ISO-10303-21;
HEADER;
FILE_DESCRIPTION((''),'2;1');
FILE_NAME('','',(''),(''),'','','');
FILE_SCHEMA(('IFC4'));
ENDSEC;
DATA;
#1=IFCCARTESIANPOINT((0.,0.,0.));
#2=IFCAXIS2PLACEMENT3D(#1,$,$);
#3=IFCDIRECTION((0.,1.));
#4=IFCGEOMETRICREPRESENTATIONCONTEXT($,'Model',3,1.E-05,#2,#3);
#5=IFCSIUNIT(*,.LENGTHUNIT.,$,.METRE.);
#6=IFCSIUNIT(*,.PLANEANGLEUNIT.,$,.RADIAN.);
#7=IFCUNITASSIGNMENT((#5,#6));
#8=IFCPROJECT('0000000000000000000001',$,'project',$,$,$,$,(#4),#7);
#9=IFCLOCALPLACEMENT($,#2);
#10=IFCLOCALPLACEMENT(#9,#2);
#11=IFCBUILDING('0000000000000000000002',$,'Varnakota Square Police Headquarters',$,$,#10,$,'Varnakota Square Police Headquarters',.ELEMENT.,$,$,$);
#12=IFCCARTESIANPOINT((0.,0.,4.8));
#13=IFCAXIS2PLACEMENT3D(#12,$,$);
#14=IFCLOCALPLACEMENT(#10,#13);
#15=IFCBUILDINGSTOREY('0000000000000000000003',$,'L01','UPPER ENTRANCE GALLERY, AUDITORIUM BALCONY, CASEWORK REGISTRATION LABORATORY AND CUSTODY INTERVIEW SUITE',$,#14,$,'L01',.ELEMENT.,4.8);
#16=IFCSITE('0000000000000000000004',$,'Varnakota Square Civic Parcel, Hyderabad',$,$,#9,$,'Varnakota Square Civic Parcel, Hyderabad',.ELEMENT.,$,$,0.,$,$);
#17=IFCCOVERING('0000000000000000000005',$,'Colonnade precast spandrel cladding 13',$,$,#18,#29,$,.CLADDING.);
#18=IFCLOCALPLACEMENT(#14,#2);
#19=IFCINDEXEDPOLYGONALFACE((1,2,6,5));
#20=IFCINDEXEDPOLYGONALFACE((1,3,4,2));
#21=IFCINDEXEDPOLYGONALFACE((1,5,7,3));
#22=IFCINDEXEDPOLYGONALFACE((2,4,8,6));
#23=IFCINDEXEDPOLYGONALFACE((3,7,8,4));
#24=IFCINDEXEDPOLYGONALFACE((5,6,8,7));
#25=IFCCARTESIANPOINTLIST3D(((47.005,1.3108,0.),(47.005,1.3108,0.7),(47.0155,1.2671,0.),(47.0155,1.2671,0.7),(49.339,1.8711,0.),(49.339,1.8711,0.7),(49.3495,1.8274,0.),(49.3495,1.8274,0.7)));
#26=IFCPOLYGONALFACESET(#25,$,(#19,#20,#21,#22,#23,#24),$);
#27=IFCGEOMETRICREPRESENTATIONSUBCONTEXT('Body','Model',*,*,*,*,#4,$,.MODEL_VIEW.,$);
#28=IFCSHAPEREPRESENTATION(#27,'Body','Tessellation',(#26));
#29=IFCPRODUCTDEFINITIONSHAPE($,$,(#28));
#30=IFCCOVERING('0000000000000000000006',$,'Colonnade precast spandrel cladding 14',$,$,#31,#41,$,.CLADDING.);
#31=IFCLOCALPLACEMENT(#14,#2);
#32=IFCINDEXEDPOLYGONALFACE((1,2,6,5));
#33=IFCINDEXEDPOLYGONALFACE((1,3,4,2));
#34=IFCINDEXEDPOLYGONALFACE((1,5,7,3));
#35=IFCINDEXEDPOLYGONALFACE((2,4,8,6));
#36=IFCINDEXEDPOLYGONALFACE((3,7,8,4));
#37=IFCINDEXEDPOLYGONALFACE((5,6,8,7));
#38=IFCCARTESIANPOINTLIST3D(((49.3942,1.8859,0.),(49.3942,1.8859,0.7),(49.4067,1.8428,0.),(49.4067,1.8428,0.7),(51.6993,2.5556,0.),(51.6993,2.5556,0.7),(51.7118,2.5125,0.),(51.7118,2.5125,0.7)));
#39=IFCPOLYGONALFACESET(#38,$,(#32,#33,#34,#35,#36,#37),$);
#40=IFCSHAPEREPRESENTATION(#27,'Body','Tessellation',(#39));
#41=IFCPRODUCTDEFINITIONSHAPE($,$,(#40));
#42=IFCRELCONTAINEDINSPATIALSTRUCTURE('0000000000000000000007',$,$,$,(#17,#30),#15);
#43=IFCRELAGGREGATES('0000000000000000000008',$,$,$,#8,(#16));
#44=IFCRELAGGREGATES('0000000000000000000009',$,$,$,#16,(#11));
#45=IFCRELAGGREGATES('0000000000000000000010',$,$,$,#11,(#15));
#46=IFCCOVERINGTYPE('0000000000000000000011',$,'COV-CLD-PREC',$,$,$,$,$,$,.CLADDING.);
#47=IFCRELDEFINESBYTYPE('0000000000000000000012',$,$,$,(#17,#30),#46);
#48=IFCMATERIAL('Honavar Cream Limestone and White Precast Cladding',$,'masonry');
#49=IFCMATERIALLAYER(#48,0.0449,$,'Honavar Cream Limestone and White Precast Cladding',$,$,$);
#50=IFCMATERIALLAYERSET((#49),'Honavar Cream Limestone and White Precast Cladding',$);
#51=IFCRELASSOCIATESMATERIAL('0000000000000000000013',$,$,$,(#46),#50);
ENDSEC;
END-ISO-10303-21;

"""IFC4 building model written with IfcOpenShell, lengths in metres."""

from ifc_helpers import new_model, si_unit, direction, frame, origin, origin_2d, place, context, subcontext, project, spatial, rectangle, extrude, material, layer, layer_set, type_object, element, save


model = new_model("IFC4")

# Units and contexts
model_context = context("Model", 3, precision=1e-05, world=origin(), true_north=direction((0.0, 1.0)))
body_context = subcontext(model_context, "Body", "Model", "MODEL_VIEW")
ifc_project = project(units=[si_unit("LENGTHUNIT", "METRE"), si_unit("PLANEANGLEUNIT", "RADIAN")], contexts=[model_context])

# Site, building, storey
site_placement = place(None, origin())
site = spatial("IfcSite", under=ifc_project, at=site_placement, Name="Varnakota Square Civic Parcel, Hyderabad", LongName="Varnakota Square Civic Parcel, Hyderabad", CompositionType="ELEMENT", RefElevation=0.0)
building_placement = place(site_placement, origin())
building = spatial("IfcBuilding", under=site, at=building_placement, Name="Varnakota Square Police Headquarters", LongName="Varnakota Square Police Headquarters", CompositionType="ELEMENT")
storey_placement = place(building_placement, frame((0.0, 0.0, 4.8)))
storey = spatial("IfcBuildingStorey", under=building, at=storey_placement, Name="L01", Description="UPPER ENTRANCE GALLERY, AUDITORIUM BALCONY, CASEWORK REGISTRATION LABORATORY AND CUSTODY INTERVIEW SUITE", LongName="L01", CompositionType="ELEMENT", Elevation=4.8)

# Coverings
ifc_material_1 = material(Name="Honavar Cream Limestone and White Precast Cladding", Category="masonry")
ifc_layer_1 = layer(ifc_material_1, 0.0449, Name="Honavar Cream Limestone and White Precast Cladding")
ifc_layer_set_1 = layer_set([ifc_layer_1], Name="Honavar Cream Limestone and White Precast Cladding")
covering_type = type_object("IfcCoveringType", Name="COV-CLD-PREC", PredefinedType="CLADDING", material=ifc_layer_set_1)
for number, where, z_axis, x_axis, name in (
    (1, (48.1772, 1.5691, 0.0), (0.0, 0.0, 1.0), (0.97237, 0.233445, 0.0), "Colonnade precast spandrel cladding 13"),
    (2, (50.553, 2.1992, 0.0), (0.0, 0.0, 1.0), (0.960294, 0.278991, 0.0), "Colonnade precast spandrel cladding 14"),
):
    element("IfcCovering", number, at=place(storey_placement, frame(where, z_axis=z_axis, x_axis=x_axis)), inside=storey, type_object=covering_type, Name=name, PredefinedType="CLADDING", context=body_context, shape_type="SweptSolid", body=[
        extrude(rectangle(XDim=2.4004, YDim=0.0449, at=origin_2d()), origin(), (0.0, 0.0, 1.0), 0.7),
    ])

save(model, "model.ifc")
